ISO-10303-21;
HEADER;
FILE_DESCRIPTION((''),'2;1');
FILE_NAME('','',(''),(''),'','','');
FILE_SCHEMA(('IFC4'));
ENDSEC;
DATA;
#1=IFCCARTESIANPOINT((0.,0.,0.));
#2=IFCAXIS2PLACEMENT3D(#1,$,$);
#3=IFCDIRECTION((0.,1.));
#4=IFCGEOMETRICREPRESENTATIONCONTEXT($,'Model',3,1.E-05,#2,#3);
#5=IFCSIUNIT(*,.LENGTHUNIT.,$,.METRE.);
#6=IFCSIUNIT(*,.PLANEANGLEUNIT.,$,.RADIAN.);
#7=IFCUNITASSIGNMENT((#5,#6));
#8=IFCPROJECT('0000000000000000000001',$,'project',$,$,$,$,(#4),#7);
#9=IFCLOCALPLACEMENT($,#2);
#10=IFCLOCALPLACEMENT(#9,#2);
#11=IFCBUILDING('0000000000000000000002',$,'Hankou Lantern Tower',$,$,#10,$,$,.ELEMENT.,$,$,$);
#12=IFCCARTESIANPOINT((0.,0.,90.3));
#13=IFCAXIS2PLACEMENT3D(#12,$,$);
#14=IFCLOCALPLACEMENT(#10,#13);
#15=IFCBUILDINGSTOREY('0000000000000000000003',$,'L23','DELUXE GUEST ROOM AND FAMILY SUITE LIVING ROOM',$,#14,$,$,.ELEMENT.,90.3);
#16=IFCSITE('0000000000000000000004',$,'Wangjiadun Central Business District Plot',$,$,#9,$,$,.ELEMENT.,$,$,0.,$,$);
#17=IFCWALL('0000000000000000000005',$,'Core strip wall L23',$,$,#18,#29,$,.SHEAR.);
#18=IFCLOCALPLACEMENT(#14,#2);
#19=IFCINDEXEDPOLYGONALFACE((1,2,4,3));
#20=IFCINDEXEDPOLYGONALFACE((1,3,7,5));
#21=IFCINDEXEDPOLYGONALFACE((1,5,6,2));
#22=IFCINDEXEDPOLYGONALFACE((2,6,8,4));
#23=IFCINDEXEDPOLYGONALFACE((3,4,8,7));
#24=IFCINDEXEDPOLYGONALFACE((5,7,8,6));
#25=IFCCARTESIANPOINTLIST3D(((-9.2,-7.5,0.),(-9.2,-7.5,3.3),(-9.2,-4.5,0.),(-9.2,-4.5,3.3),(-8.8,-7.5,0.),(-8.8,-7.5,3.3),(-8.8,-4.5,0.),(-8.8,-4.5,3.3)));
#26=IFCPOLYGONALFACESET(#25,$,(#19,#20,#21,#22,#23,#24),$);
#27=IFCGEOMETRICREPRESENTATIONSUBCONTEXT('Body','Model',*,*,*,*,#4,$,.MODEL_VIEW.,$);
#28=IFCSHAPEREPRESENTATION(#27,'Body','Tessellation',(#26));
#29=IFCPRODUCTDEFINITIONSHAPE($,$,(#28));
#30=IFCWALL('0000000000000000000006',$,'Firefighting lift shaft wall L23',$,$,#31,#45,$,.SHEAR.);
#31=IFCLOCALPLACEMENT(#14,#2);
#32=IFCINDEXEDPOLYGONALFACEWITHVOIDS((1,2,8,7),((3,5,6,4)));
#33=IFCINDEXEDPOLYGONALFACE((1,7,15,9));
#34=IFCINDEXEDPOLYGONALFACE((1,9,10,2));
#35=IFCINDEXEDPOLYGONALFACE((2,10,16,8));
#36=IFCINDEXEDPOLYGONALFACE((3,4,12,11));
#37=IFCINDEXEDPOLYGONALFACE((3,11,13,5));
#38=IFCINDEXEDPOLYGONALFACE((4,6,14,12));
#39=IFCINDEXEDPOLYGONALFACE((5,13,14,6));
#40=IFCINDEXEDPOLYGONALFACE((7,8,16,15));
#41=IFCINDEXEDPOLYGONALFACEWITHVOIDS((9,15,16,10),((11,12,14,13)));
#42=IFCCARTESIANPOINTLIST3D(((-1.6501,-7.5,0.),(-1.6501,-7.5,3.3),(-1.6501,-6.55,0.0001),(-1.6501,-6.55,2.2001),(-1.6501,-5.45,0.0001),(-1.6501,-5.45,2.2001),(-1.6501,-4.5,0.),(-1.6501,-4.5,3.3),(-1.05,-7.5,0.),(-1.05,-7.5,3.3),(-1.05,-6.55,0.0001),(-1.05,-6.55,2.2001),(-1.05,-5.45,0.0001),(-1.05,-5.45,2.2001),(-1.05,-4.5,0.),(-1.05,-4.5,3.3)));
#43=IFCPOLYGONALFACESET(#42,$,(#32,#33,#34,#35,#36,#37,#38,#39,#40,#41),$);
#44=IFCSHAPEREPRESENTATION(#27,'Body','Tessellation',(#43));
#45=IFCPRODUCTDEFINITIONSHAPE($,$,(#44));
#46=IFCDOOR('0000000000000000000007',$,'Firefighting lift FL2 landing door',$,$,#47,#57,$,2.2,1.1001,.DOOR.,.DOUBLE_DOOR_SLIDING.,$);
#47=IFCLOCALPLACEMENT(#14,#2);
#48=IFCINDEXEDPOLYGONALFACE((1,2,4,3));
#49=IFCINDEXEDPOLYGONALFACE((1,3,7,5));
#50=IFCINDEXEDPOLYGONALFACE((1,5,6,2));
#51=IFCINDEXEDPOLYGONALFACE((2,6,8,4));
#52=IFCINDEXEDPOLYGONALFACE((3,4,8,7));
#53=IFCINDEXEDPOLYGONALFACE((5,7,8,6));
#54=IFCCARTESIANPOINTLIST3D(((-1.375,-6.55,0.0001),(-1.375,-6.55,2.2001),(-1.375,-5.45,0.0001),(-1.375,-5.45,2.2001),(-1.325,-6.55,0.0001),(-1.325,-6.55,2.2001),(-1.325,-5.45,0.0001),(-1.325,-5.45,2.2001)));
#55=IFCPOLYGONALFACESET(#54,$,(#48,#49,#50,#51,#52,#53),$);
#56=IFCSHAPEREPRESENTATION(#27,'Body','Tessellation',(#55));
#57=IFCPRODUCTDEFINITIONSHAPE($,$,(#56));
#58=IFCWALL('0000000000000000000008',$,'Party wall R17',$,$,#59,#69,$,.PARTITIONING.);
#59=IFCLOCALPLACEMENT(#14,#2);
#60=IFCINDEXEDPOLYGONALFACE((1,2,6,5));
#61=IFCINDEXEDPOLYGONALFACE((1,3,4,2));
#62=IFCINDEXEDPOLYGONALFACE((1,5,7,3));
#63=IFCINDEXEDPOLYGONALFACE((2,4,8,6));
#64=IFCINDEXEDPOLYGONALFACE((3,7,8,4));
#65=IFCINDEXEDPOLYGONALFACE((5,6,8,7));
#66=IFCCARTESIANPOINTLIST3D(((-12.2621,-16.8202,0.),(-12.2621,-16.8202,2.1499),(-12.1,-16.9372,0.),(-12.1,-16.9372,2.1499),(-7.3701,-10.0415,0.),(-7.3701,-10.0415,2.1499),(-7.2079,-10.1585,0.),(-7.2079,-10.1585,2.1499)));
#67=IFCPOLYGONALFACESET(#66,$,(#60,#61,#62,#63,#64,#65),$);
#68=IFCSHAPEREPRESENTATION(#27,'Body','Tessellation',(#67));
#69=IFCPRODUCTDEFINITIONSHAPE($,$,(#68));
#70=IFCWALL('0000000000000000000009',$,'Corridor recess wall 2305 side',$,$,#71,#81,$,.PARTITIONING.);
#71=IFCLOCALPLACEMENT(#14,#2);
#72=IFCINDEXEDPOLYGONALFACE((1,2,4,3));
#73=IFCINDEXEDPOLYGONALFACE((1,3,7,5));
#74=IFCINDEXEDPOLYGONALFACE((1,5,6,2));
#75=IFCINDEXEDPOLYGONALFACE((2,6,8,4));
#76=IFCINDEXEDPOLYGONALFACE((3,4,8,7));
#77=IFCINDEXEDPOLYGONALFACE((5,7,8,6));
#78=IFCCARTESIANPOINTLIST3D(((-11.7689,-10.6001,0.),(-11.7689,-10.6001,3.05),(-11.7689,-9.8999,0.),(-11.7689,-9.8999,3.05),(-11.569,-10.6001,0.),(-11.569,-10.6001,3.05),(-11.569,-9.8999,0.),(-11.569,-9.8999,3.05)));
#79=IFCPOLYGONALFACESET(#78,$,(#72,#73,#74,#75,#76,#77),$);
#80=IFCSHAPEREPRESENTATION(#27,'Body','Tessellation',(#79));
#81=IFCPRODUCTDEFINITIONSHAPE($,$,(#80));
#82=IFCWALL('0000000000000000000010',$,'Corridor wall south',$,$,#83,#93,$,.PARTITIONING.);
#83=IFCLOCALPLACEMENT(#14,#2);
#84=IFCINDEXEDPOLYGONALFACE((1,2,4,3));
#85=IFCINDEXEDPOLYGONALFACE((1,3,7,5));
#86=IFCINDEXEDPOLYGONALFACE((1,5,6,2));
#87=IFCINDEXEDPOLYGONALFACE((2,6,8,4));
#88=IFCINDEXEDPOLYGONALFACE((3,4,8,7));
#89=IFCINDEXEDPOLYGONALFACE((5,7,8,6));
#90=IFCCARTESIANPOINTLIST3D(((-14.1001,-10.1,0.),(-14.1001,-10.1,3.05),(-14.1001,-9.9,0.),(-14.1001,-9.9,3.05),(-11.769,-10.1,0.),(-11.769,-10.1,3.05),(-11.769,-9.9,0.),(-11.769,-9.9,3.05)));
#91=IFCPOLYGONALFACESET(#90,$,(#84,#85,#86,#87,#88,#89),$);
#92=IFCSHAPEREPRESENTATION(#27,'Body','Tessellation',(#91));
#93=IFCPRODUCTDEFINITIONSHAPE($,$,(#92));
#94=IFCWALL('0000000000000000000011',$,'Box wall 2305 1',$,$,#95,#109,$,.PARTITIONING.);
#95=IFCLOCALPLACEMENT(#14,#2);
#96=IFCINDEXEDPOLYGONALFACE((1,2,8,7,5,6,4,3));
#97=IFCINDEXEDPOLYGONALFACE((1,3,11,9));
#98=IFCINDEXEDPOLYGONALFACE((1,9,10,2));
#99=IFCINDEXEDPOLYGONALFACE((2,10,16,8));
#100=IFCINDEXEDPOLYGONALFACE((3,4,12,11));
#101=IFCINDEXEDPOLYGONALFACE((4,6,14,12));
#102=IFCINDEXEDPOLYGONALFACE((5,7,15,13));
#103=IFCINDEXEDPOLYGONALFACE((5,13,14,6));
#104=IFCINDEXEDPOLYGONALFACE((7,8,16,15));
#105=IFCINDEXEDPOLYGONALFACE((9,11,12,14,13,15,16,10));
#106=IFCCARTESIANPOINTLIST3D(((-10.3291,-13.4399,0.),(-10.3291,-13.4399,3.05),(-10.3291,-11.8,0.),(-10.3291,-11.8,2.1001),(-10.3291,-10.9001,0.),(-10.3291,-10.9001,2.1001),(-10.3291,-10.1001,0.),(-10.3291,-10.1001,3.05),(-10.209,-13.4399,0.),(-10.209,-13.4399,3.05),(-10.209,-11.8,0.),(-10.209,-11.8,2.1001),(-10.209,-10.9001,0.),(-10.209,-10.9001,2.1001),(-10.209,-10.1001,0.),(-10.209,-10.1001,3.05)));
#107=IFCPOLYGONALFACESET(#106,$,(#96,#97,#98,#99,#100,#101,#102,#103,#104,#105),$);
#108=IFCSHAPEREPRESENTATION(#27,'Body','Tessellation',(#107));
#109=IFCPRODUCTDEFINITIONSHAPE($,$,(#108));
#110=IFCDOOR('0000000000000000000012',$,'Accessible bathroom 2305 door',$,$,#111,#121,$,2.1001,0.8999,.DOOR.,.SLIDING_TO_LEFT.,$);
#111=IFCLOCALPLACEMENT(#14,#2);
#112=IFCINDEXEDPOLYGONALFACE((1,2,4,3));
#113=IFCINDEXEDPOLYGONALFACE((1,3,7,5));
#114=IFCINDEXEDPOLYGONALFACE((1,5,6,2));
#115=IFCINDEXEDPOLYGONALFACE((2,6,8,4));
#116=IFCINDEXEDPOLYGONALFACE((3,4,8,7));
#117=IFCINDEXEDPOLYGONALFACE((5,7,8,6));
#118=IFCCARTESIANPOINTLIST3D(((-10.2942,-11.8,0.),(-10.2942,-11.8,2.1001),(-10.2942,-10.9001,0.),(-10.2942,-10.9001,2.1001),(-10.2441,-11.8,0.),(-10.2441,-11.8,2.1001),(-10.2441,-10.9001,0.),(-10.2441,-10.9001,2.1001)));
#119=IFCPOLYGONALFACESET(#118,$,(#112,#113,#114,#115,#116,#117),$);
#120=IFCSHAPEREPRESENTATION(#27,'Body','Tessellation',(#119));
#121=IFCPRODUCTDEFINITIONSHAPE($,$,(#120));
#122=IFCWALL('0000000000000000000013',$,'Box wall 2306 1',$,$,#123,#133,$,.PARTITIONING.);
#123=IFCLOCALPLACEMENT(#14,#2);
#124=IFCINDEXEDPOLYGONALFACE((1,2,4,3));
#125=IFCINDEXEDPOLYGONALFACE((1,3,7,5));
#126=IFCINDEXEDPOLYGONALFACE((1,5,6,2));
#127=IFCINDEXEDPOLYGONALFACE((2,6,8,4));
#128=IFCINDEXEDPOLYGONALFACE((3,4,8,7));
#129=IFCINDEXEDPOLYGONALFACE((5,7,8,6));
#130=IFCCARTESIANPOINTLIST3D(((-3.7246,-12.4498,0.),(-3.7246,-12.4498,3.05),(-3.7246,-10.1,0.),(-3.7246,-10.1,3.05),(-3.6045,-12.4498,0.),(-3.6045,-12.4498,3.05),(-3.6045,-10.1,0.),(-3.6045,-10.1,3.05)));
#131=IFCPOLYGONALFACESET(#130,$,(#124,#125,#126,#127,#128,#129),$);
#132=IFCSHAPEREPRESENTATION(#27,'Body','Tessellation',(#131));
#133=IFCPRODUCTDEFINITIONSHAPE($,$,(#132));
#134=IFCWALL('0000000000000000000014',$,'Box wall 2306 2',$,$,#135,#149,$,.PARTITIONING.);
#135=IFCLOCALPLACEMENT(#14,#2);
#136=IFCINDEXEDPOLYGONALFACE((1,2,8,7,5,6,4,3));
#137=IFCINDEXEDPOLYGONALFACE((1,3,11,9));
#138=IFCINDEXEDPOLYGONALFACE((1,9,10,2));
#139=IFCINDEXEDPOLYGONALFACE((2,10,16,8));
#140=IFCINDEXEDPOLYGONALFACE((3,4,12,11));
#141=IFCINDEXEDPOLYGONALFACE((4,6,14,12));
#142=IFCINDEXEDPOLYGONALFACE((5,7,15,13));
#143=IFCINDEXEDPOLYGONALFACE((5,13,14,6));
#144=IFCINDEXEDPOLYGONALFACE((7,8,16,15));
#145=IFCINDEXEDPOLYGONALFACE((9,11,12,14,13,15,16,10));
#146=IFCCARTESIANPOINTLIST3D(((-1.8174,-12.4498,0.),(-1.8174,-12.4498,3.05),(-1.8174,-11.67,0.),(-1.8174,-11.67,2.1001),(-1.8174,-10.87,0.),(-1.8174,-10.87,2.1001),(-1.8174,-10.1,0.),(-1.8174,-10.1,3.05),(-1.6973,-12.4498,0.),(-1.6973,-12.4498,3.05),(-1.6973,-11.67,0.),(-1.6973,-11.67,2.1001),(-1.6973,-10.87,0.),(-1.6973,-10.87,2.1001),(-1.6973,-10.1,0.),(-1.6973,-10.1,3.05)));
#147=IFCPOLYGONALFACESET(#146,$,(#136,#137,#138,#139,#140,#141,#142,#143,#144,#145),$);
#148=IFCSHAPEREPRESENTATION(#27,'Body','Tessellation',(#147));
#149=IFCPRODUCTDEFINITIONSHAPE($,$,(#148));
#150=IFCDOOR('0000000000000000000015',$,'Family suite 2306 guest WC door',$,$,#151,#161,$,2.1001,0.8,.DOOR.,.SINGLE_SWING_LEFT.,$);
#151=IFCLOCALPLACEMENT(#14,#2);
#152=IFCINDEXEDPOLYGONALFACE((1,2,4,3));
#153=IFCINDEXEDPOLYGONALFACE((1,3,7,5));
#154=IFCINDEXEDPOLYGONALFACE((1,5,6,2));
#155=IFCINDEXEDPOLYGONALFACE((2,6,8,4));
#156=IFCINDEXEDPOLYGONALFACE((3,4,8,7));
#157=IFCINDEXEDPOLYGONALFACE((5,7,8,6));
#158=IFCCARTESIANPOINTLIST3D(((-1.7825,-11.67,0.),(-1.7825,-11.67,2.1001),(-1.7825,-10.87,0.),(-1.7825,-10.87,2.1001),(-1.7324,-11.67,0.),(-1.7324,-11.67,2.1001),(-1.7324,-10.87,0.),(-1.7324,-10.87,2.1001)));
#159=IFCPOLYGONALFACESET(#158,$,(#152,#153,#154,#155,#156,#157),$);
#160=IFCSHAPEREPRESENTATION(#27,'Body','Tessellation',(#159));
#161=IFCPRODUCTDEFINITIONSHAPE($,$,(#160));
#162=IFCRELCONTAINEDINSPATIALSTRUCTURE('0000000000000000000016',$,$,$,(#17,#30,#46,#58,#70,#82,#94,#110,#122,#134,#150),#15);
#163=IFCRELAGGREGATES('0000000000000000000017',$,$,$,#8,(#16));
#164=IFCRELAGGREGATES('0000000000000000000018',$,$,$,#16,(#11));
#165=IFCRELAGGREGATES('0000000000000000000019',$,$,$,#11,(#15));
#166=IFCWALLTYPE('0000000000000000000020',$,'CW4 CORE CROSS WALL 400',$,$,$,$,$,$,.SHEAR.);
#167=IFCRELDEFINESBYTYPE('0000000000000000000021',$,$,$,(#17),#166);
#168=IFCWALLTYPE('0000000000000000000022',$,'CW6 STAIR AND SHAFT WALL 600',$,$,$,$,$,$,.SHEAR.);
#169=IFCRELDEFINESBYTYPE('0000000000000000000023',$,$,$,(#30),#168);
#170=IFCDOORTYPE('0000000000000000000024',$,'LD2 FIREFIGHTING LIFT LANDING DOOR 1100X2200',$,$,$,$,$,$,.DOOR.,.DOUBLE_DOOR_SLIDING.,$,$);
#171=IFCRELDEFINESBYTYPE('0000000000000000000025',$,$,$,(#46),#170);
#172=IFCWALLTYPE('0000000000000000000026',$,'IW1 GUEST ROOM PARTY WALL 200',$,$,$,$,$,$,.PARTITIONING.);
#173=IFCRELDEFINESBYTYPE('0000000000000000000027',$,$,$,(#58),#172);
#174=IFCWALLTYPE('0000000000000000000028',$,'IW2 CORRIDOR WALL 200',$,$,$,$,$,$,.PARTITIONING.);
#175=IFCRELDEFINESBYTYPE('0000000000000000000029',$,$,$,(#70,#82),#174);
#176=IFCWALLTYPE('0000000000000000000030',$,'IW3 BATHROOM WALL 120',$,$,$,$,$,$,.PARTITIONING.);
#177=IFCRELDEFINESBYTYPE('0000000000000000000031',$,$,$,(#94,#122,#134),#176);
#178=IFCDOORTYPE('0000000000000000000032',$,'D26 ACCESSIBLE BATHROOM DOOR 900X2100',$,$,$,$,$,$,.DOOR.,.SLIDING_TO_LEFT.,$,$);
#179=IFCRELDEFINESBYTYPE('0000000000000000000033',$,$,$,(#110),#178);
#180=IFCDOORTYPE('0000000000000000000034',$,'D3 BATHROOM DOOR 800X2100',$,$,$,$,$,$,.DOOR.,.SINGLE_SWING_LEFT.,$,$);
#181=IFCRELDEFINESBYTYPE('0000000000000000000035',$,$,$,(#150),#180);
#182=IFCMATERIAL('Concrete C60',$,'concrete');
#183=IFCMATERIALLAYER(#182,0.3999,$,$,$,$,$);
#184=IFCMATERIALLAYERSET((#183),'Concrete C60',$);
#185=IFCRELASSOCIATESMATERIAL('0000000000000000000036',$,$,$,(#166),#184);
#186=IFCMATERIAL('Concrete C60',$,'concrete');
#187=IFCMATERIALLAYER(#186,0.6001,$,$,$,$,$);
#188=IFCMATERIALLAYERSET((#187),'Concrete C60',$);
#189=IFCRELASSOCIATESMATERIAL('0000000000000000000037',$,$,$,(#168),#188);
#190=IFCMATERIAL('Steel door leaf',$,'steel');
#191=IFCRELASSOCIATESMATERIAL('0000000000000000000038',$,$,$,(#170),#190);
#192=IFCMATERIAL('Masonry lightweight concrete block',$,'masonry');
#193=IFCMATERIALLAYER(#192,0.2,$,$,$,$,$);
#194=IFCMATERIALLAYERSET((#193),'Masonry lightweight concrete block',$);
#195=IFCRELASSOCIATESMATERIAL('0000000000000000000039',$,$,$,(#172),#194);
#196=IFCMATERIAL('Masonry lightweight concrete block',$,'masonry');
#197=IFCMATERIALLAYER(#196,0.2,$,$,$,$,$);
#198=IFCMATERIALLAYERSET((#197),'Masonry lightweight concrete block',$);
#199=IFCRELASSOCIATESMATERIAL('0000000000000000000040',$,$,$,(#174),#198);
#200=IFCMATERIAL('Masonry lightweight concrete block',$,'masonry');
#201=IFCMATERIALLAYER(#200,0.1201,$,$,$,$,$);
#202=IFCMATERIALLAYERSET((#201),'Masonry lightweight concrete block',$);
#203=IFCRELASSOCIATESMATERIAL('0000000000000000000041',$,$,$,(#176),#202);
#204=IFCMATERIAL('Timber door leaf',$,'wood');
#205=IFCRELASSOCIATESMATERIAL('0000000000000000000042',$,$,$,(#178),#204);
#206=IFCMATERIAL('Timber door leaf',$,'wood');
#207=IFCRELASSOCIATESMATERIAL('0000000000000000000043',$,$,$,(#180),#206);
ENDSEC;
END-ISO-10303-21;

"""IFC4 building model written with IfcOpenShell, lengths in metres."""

from ifc_helpers import new_model, si_unit, direction, frame, frame_2d, origin, place, context, subcontext, project, spatial, rectangle, extrude, material, layer, layer_set, type_object, element, fill, save


model = new_model("IFC4")

# Units and contexts
model_context = context("Model", 3, precision=1e-05, world=origin(), true_north=direction((0.0, 1.0)))
body_context = subcontext(model_context, "Body", "Model", "MODEL_VIEW")
ifc_project = project(units=[si_unit("LENGTHUNIT", "METRE"), si_unit("PLANEANGLEUNIT", "RADIAN")], contexts=[model_context])

# Site, building, storey
site_placement = place(None, origin())
site = spatial("IfcSite", under=ifc_project, at=site_placement, Name="Wangjiadun Central Business District Plot", CompositionType="ELEMENT", RefElevation=0.0)
building_placement = place(site_placement, origin())
building = spatial("IfcBuilding", under=site, at=building_placement, Name="Hankou Lantern Tower", CompositionType="ELEMENT")
storey_placement = place(building_placement, frame((0.0, 0.0, 90.3)))
storey = spatial("IfcBuildingStorey", under=building, at=storey_placement, Name="L23", Description="DELUXE GUEST ROOM AND FAMILY SUITE LIVING ROOM", CompositionType="ELEMENT", Elevation=90.3)

# Wall
ifc_material_1 = material(Name="Concrete C60", Category="concrete")
ifc_layer_1 = layer(ifc_material_1, 0.3999)
ifc_layer_set_1 = layer_set([ifc_layer_1], Name="Concrete C60")
wall_type_1 = type_object("IfcWallType", Name="CW4 CORE CROSS WALL 400", PredefinedType="SHEAR", material=ifc_layer_set_1)
wall_1_placement = place(storey_placement, frame((-9.0, -7.5, 0.0), z_axis=(0.0, 0.0, 1.0), x_axis=(0.0, 1.0, 0.0)))
element("IfcWall", 1, at=wall_1_placement, inside=storey, type_object=wall_type_1, Name="Core strip wall L23", PredefinedType="SHEAR", context=body_context, shape_type="SweptSolid", body=[
    extrude(rectangle(XDim=3.0, YDim=0.3999, at=frame_2d((1.5, 0.0))), origin(), (0.0, 0.0, 1.0), 3.3),
])

# Wall, opening, door
ifc_material_2 = material(Name="Concrete C60", Category="concrete")
ifc_layer_2 = layer(ifc_material_2, 0.6001)
ifc_layer_set_2 = layer_set([ifc_layer_2], Name="Concrete C60")
wall_type_2 = type_object("IfcWallType", Name="CW6 STAIR AND SHAFT WALL 600", PredefinedType="SHEAR", material=ifc_layer_set_2)
wall_2_placement = place(storey_placement, frame((-1.3501, -7.5, 0.0), z_axis=(0.0, 0.0, 1.0), x_axis=(0.0, 1.0, 0.0)))
wall_2 = element("IfcWall", 2, at=wall_2_placement, inside=storey, type_object=wall_type_2, Name="Firefighting lift shaft wall L23", PredefinedType="SHEAR", context=body_context, shape_type="SweptSolid", body=[
    extrude(rectangle(XDim=3.0, YDim=0.6001, at=frame_2d((1.5, 0.0))), origin(), (0.0, 0.0, 1.0), 3.3),
])
opening_1_placement = place(wall_2_placement, frame((0.95, 0.0, 0.0)))
opening_1 = element("IfcOpeningElement", 3, at=opening_1_placement, cuts=wall_2, PredefinedType="OPENING", context=body_context, shape_type="SweptSolid", body=[
    extrude(rectangle(XDim=1.1001, YDim=2.2, at=frame_2d((0.55, 1.1001))), frame((0.0, 0.3101, 0.0), z_axis=(0.0, -1.0, 0.0), x_axis=(1.0, 0.0, 0.0)), (0.0, 0.0, 1.0), 0.6201),
])
ifc_material_3 = material(Name="Steel door leaf", Category="steel")
door_type_1 = type_object("IfcDoorType", Name="LD2 FIREFIGHTING LIFT LANDING DOOR 1100X2200", OperationType="DOUBLE_DOOR_SLIDING", PredefinedType="DOOR", material=ifc_material_3)
door_1_placement = place(opening_1_placement, origin())
door_1 = element("IfcDoor", 4, at=door_1_placement, inside=storey, type_object=door_type_1, Name="Firefighting lift FL2 landing door", OperationType="DOUBLE_DOOR_SLIDING", OverallHeight=2.2, OverallWidth=1.1001, PredefinedType="DOOR", context=body_context, shape_type="SweptSolid", body=[
    extrude(rectangle(XDim=1.1001, YDim=2.2, at=frame_2d((0.55, 1.1001))), frame((0.0, 0.0249, 0.0), z_axis=(0.0, -1.0, 0.0), x_axis=(1.0, 0.0, 0.0)), (0.0, 0.0, 1.0), 0.05),
])
fill(opening_1, door_1)

# Walls
ifc_material_4 = material(Name="Masonry lightweight concrete block", Category="masonry")
ifc_layer_3 = layer(ifc_material_4, 0.2)
ifc_layer_set_3 = layer_set([ifc_layer_3], Name="Masonry lightweight concrete block")
wall_type_3 = type_object("IfcWallType", Name="IW1 GUEST ROOM PARTY WALL 200", PredefinedType="PARTITIONING", material=ifc_layer_set_3)
wall_3_placement = place(storey_placement, frame((-7.2891, -10.1001, 0.0), z_axis=(0.0, 0.0, 1.0), x_axis=(-0.585198, -0.81089, 0.0)))
element("IfcWall", 5, at=wall_3_placement, inside=storey, type_object=wall_type_3, Name="Party wall R17", PredefinedType="PARTITIONING", context=body_context, shape_type="SweptSolid", body=[
    extrude(rectangle(XDim=8.3596, YDim=0.2, at=frame_2d((4.1797, 0.0))), origin(), (0.0, 0.0, 1.0), 2.1499),
])
ifc_material_5 = material(Name="Masonry lightweight concrete block", Category="masonry")
ifc_layer_4 = layer(ifc_material_5, 0.2)
ifc_layer_set_4 = layer_set([ifc_layer_4], Name="Masonry lightweight concrete block")
wall_type_4 = type_object("IfcWallType", Name="IW2 CORRIDOR WALL 200", PredefinedType="PARTITIONING", material=ifc_layer_set_4)
wall_4_placement = place(storey_placement, frame((-11.6689, -9.8999, 0.0), z_axis=(0.0, 0.0, 1.0), x_axis=(0.0, -1.0, 0.0)))
element("IfcWall", 6, at=wall_4_placement, inside=storey, type_object=wall_type_4, Name="Corridor recess wall 2305 side", PredefinedType="PARTITIONING", context=body_context, shape_type="SweptSolid", body=[
    extrude(rectangle(XDim=0.7002, YDim=0.2, at=frame_2d((0.3501, 0.0))), origin(), (0.0, 0.0, 1.0), 3.05),
])
wall_5_placement = place(storey_placement, frame((-11.769, -10.0, 0.0), z_axis=(0.0, 0.0, 1.0), x_axis=(-1.0, 0.0, 0.0)))
element("IfcWall", 7, at=wall_5_placement, inside=storey, type_object=wall_type_4, Name="Corridor wall south", PredefinedType="PARTITIONING", context=body_context, shape_type="SweptSolid", body=[
    extrude(rectangle(XDim=2.3311, YDim=0.2, at=frame_2d((1.1655, 0.0))), origin(), (0.0, 0.0, 1.0), 3.05),
])

# Wall, opening, door
ifc_material_6 = material(Name="Masonry lightweight concrete block", Category="masonry")
ifc_layer_5 = layer(ifc_material_6, 0.1201)
ifc_layer_set_5 = layer_set([ifc_layer_5], Name="Masonry lightweight concrete block")
wall_type_5 = type_object("IfcWallType", Name="IW3 BATHROOM WALL 120", PredefinedType="PARTITIONING", material=ifc_layer_set_5)
wall_6_placement = place(storey_placement, frame((-10.269, -10.1001, 0.0), z_axis=(0.0, 0.0, 1.0), x_axis=(0.0, -1.0, 0.0)))
wall_6 = element("IfcWall", 8, at=wall_6_placement, inside=storey, type_object=wall_type_5, Name="Box wall 2305 1", PredefinedType="PARTITIONING", context=body_context, shape_type="SweptSolid", body=[
    extrude(rectangle(XDim=3.3398, YDim=0.1201, at=frame_2d((1.6699, 0.0))), origin(), (0.0, 0.0, 1.0), 3.05),
])
opening_2_placement = place(wall_6_placement, frame((0.8, 0.0, 0.0)))
opening_2 = element("IfcOpeningElement", 9, at=opening_2_placement, cuts=wall_6, PredefinedType="OPENING", context=body_context, shape_type="SweptSolid", body=[
    extrude(rectangle(XDim=0.8999, YDim=2.1001, at=frame_2d((0.45, 1.05))), frame((0.0, 0.0701, 0.0), z_axis=(0.0, -1.0, 0.0), x_axis=(1.0, 0.0, 0.0)), (0.0, 0.0, 1.0), 0.1401),
])
ifc_material_7 = material(Name="Timber door leaf", Category="wood")
door_type_2 = type_object("IfcDoorType", Name="D26 ACCESSIBLE BATHROOM DOOR 900X2100", OperationType="SLIDING_TO_LEFT", PredefinedType="DOOR", material=ifc_material_7)
door_2_placement = place(opening_2_placement, origin())
door_2 = element("IfcDoor", 10, at=door_2_placement, inside=storey, type_object=door_type_2, Name="Accessible bathroom 2305 door", OperationType="SLIDING_TO_LEFT", OverallHeight=2.1001, OverallWidth=0.8999, PredefinedType="DOOR", context=body_context, shape_type="SweptSolid", body=[
    extrude(rectangle(XDim=0.8999, YDim=2.1001, at=frame_2d((0.45, 1.05))), frame((0.0, 0.0249, 0.0), z_axis=(0.0, -1.0, 0.0), x_axis=(1.0, 0.0, 0.0)), (0.0, 0.0, 1.0), 0.05),
])
fill(opening_2, door_2)

# Wall
wall_7_placement = place(storey_placement, frame((-3.6646, -10.1001, 0.0), z_axis=(0.0, 0.0, 1.0), x_axis=(0.0, -1.0, 0.0)))
element("IfcWall", 11, at=wall_7_placement, inside=storey, type_object=wall_type_5, Name="Box wall 2306 1", PredefinedType="PARTITIONING", context=body_context, shape_type="SweptSolid", body=[
    extrude(rectangle(XDim=2.3499, YDim=0.1201, at=frame_2d((1.1748, 0.0))), origin(), (0.0, 0.0, 1.0), 3.05),
])

# Wall, opening, door
wall_8_placement = place(storey_placement, frame((-1.7573, -10.1001, 0.0), z_axis=(0.0, 0.0, 1.0), x_axis=(0.0, -1.0, 0.0)))
wall_8 = element("IfcWall", 12, at=wall_8_placement, inside=storey, type_object=wall_type_5, Name="Box wall 2306 2", PredefinedType="PARTITIONING", context=body_context, shape_type="SweptSolid", body=[
    extrude(rectangle(XDim=2.3499, YDim=0.1201, at=frame_2d((1.1748, 0.0))), origin(), (0.0, 0.0, 1.0), 3.05),
])
opening_3_placement = place(wall_8_placement, frame((0.77, 0.0, 0.0)))
opening_3 = element("IfcOpeningElement", 13, at=opening_3_placement, cuts=wall_8, PredefinedType="OPENING", context=body_context, shape_type="SweptSolid", body=[
    extrude(rectangle(XDim=0.8, YDim=2.1001, at=frame_2d((0.3999, 1.05))), frame((0.0, 0.0701, 0.0), z_axis=(0.0, -1.0, 0.0), x_axis=(1.0, 0.0, 0.0)), (0.0, 0.0, 1.0), 0.1401),
])
ifc_material_8 = material(Name="Timber door leaf", Category="wood")
door_type_3 = type_object("IfcDoorType", Name="D3 BATHROOM DOOR 800X2100", OperationType="SINGLE_SWING_LEFT", PredefinedType="DOOR", material=ifc_material_8)
door_3_placement = place(opening_3_placement, origin())
door_3 = element("IfcDoor", 14, at=door_3_placement, inside=storey, type_object=door_type_3, Name="Family suite 2306 guest WC door", OperationType="SINGLE_SWING_LEFT", OverallHeight=2.1001, OverallWidth=0.8, PredefinedType="DOOR", context=body_context, shape_type="SweptSolid", body=[
    extrude(rectangle(XDim=0.8, YDim=2.1001, at=frame_2d((0.3999, 1.05))), frame((0.0, 0.0249, 0.0), z_axis=(0.0, -1.0, 0.0), x_axis=(1.0, 0.0, 0.0)), (0.0, 0.0, 1.0), 0.05),
])
fill(opening_3, door_3)

save(model, "model.ifc")
